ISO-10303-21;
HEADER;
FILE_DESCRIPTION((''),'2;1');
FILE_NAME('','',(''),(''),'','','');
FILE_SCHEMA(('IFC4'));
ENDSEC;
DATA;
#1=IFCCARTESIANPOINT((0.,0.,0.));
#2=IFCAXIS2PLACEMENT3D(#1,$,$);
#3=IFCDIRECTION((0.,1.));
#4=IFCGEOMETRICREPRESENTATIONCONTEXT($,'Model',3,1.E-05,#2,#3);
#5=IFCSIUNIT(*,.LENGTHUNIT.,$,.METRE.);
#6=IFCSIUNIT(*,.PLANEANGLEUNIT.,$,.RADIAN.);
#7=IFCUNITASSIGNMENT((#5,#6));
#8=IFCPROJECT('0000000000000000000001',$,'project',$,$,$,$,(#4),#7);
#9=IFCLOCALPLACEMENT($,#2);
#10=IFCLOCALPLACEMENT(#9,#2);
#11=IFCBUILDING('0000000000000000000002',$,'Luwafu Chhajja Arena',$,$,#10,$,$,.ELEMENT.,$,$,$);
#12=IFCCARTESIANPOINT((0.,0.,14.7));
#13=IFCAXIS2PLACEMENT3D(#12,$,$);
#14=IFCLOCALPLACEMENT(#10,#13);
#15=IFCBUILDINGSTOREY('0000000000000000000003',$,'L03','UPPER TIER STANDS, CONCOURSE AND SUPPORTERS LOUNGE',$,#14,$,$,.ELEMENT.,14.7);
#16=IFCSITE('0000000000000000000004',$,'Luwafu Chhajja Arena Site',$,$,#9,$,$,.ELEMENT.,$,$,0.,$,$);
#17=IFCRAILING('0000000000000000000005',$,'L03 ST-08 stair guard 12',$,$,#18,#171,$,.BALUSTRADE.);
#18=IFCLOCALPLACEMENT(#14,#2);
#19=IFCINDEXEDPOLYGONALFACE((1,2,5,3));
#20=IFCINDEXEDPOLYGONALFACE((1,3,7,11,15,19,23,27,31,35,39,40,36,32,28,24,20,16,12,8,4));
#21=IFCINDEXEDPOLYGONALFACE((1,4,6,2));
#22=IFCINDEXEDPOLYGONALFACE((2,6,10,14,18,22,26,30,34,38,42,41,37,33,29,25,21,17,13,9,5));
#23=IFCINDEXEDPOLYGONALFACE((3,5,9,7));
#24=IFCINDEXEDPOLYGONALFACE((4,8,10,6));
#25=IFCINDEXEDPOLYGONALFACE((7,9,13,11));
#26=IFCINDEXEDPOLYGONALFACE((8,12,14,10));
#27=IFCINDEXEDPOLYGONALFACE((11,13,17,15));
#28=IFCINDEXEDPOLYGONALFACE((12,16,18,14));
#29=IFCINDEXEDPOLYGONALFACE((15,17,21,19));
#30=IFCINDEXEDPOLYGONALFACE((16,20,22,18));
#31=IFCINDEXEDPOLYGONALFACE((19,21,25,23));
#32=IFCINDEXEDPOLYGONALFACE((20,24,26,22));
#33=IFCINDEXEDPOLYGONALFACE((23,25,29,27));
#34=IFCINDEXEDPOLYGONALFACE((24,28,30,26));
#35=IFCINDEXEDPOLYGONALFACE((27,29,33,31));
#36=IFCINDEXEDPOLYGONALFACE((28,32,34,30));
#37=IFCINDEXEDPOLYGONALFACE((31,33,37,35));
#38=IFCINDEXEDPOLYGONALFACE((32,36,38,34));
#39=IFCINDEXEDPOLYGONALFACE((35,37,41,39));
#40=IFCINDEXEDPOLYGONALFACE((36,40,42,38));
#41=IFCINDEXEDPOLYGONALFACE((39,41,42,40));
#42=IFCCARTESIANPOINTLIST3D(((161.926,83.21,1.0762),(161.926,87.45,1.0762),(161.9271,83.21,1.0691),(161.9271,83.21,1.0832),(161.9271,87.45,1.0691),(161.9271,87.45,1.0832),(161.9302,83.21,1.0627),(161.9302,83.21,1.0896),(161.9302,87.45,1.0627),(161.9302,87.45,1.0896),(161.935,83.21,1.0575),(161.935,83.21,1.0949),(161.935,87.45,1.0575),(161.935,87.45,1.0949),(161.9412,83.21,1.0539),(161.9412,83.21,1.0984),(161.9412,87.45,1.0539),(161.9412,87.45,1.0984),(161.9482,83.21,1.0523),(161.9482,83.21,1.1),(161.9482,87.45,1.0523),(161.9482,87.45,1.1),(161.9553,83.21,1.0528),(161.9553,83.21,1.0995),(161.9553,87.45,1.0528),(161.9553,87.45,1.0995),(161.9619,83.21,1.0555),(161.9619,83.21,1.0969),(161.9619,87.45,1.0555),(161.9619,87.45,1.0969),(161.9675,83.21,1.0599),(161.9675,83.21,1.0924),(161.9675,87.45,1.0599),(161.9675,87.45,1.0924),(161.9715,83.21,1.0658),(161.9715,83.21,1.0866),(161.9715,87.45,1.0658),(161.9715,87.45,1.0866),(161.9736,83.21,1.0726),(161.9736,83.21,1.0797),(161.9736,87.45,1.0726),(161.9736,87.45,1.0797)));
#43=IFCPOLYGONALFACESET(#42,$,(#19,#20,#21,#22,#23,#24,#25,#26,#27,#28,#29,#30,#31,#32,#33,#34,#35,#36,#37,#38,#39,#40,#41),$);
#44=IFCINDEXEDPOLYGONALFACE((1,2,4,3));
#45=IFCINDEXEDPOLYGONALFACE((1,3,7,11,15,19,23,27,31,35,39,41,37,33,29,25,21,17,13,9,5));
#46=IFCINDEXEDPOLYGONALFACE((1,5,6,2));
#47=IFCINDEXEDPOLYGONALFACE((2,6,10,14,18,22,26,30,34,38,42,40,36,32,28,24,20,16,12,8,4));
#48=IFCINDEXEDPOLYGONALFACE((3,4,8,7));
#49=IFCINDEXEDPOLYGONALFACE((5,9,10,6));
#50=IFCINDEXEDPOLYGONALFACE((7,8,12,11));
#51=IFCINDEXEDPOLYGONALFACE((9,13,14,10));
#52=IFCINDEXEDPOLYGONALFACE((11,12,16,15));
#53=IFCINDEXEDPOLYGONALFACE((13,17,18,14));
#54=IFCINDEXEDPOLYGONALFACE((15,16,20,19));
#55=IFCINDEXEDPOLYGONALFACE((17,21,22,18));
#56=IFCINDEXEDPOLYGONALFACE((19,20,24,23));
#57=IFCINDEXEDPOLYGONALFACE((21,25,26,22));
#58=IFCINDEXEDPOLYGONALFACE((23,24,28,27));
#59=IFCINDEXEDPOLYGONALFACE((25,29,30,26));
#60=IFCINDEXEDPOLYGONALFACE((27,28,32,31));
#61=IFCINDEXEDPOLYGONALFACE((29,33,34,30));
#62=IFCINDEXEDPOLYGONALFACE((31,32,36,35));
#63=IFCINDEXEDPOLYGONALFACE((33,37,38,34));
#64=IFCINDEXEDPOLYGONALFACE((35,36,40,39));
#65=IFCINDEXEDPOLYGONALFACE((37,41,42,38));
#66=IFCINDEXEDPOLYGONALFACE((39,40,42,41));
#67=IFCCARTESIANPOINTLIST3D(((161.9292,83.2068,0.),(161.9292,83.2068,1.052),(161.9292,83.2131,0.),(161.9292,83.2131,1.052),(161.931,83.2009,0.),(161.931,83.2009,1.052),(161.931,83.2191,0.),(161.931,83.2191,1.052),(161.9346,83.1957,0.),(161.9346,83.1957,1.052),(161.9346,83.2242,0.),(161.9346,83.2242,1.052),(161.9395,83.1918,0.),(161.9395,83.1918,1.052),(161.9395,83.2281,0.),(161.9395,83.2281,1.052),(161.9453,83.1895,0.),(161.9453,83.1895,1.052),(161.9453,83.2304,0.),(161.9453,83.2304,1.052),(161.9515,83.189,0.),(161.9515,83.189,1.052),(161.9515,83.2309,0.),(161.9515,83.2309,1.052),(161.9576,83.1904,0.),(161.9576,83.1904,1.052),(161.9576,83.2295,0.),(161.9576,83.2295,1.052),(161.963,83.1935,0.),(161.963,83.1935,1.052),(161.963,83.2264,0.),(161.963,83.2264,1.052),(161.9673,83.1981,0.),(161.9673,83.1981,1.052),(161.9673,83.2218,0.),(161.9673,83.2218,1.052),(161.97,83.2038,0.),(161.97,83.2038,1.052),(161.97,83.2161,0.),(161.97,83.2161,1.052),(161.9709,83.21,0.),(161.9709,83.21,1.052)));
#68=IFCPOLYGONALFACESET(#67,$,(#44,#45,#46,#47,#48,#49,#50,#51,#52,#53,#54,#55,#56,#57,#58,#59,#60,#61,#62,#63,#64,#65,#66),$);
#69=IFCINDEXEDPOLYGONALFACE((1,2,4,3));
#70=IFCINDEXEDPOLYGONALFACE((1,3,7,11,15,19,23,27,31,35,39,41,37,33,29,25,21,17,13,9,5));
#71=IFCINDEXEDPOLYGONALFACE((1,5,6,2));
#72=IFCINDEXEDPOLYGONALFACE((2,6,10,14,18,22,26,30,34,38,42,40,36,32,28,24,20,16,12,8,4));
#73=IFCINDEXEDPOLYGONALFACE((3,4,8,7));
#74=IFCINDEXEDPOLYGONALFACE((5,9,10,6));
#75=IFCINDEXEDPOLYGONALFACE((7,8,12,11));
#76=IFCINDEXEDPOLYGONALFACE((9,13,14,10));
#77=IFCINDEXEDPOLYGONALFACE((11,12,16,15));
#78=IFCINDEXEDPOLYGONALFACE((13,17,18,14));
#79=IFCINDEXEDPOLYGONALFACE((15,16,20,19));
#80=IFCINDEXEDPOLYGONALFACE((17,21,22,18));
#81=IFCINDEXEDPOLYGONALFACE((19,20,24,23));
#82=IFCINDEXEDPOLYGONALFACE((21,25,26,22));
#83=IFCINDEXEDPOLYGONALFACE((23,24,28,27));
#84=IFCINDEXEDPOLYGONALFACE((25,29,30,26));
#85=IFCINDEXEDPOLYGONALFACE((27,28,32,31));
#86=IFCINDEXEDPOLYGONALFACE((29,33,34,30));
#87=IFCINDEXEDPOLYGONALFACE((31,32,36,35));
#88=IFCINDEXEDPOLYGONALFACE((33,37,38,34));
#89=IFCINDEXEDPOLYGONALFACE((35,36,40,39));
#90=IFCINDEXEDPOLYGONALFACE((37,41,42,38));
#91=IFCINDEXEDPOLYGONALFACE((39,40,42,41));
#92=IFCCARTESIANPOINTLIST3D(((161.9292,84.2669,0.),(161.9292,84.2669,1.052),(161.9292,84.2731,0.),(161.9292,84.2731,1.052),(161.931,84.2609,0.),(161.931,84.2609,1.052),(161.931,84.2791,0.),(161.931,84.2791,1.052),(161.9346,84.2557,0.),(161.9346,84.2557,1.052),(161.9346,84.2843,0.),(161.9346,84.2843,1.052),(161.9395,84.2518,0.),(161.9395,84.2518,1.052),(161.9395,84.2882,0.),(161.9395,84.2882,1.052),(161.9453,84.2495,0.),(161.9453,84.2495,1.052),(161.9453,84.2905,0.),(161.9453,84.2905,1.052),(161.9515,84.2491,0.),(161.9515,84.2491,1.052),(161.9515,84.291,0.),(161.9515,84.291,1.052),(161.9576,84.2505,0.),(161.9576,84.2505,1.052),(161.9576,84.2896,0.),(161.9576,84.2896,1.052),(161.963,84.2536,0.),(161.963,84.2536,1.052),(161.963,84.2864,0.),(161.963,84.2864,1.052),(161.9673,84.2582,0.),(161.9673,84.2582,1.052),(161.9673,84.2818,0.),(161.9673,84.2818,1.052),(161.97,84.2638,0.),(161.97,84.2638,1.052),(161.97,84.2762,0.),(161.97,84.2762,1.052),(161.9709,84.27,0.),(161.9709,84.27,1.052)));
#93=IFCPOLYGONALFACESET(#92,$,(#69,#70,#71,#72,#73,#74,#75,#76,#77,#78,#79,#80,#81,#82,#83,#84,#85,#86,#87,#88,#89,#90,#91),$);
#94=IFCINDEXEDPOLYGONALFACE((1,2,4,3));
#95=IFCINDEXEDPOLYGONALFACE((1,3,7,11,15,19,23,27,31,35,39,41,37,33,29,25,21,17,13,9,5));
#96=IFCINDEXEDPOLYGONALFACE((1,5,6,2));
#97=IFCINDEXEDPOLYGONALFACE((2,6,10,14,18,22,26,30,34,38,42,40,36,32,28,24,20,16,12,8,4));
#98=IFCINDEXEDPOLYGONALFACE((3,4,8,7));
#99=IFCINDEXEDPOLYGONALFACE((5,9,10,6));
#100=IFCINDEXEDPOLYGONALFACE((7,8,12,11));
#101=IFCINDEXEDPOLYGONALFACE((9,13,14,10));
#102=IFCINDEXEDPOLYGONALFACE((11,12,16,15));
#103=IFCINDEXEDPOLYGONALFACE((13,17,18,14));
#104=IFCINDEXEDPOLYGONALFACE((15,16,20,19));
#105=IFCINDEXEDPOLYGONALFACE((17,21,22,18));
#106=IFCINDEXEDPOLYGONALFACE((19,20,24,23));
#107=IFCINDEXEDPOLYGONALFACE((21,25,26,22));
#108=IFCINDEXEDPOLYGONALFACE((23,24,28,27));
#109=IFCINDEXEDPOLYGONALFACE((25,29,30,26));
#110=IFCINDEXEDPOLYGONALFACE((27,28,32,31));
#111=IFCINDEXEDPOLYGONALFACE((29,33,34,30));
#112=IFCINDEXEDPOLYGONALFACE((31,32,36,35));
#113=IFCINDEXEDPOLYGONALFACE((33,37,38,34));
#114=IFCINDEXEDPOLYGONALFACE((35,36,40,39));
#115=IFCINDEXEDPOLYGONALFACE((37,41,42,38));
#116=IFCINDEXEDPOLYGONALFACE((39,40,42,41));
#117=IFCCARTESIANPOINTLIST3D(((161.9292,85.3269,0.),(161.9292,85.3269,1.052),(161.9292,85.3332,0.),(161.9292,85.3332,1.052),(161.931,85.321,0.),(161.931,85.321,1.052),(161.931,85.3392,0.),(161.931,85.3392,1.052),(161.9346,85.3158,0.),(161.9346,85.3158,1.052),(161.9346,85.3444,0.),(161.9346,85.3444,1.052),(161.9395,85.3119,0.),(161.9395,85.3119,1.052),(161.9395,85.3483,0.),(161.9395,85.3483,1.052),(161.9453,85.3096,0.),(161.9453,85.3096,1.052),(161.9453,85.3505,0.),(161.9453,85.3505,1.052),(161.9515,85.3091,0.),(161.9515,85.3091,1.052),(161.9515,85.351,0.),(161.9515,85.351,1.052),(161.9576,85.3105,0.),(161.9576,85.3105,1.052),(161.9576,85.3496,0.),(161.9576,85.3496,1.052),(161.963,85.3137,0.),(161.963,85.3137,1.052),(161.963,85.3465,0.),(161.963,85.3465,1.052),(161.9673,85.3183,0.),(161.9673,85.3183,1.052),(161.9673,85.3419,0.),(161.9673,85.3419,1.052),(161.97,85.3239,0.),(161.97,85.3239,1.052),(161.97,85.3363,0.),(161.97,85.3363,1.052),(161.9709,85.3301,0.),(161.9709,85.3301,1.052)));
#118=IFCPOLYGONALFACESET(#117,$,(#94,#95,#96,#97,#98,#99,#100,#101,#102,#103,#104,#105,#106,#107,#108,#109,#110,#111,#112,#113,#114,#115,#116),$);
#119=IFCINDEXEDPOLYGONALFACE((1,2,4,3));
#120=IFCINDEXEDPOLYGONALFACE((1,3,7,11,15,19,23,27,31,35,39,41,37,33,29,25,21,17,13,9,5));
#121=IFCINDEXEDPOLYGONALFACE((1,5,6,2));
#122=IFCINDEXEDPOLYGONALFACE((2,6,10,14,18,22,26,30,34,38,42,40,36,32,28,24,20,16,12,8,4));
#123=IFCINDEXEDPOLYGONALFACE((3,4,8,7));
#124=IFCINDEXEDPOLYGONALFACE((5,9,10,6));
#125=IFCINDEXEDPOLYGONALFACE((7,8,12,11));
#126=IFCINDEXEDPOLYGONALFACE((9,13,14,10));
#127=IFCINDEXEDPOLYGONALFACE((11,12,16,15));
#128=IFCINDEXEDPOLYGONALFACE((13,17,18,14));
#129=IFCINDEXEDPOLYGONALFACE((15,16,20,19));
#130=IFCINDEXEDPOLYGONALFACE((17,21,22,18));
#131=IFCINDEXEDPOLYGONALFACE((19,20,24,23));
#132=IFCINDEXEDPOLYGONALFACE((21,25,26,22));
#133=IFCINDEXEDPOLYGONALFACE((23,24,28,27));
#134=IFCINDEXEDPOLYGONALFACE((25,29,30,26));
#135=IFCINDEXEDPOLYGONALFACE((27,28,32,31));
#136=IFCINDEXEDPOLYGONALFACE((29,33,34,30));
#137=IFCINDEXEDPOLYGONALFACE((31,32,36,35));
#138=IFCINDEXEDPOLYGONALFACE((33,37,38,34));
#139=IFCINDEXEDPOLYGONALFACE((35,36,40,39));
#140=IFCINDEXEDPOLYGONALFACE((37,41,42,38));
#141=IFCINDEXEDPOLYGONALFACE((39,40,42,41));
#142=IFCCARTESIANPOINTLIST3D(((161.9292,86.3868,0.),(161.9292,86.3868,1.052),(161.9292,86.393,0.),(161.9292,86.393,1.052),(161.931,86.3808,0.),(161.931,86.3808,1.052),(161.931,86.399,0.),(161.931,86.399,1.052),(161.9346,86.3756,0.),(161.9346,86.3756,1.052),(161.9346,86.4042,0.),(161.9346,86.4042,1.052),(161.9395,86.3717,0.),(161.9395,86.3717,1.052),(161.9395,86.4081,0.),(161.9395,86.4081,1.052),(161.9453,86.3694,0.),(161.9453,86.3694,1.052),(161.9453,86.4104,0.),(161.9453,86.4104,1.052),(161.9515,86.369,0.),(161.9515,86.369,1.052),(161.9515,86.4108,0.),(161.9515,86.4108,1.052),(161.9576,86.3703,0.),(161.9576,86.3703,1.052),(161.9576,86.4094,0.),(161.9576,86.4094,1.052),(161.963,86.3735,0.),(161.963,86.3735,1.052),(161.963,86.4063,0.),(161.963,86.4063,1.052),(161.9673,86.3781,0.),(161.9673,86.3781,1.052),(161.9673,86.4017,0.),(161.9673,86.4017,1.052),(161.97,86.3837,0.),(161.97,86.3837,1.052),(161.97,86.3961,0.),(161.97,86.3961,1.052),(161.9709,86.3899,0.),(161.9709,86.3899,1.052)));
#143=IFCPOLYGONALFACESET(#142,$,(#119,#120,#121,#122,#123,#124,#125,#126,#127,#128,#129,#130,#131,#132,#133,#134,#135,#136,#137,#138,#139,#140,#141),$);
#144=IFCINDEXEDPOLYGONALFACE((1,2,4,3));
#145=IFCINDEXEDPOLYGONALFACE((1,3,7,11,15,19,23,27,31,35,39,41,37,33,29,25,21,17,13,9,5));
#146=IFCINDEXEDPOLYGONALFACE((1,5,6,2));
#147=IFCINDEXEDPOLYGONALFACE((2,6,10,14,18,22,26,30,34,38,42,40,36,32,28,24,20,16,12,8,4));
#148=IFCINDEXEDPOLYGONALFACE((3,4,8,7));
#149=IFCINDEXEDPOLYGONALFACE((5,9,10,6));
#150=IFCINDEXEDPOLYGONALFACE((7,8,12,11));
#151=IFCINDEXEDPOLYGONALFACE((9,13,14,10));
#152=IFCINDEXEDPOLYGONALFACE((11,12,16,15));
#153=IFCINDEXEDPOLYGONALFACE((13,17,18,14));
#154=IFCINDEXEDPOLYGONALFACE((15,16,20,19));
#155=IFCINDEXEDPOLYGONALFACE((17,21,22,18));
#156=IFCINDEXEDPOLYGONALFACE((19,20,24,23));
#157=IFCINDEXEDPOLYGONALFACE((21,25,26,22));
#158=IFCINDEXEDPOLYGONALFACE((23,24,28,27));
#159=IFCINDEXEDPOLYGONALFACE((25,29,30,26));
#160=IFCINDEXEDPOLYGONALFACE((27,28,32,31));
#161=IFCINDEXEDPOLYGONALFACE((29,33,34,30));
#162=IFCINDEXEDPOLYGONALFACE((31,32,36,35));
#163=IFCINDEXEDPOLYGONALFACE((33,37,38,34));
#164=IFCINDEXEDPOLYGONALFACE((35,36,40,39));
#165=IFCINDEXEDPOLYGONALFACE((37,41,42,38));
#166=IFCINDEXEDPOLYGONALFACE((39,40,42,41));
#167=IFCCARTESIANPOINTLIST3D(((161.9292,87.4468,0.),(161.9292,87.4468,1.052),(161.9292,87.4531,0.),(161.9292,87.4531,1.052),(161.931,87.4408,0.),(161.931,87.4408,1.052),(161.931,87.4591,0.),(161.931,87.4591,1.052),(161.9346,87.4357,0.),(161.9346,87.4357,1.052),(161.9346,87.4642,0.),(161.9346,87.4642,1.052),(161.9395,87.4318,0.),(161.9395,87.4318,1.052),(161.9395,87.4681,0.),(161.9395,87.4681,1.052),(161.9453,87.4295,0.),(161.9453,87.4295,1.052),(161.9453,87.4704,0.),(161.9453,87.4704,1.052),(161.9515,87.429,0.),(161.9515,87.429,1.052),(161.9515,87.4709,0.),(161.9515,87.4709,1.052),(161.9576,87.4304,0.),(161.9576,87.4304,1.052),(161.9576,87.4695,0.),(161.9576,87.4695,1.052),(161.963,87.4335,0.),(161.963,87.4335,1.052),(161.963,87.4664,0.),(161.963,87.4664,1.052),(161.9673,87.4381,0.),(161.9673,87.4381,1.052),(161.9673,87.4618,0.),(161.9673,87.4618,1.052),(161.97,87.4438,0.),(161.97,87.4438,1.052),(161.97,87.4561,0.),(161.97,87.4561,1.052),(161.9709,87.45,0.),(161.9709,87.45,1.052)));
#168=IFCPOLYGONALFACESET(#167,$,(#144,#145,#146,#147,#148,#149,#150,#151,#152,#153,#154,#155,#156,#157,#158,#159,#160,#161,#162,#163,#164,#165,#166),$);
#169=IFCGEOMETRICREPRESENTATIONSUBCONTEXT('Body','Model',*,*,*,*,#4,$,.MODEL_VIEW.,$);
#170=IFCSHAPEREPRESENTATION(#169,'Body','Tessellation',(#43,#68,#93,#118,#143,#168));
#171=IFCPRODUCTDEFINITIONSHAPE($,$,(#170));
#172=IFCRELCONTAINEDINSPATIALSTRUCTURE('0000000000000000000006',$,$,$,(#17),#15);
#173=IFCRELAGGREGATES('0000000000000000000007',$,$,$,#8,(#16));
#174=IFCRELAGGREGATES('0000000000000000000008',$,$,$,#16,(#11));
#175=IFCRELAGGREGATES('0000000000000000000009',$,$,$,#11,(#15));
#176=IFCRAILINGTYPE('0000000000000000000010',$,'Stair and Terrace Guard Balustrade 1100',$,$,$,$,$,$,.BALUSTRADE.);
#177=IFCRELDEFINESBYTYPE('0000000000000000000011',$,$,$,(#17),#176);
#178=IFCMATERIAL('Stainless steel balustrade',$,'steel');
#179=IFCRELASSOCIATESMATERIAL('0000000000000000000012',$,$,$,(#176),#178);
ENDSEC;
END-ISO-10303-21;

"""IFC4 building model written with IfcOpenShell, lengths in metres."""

from ifc_helpers import new_model, si_unit, direction, frame, origin, origin_2d, place, context, subcontext, project, spatial, circle, extrude, material, type_object, element, save


model = new_model("IFC4")

# Units and contexts
model_context = context("Model", 3, precision=1e-05, world=origin(), true_north=direction((0.0, 1.0)))
body_context = subcontext(model_context, "Body", "Model", "MODEL_VIEW")
ifc_project = project(units=[si_unit("LENGTHUNIT", "METRE"), si_unit("PLANEANGLEUNIT", "RADIAN")], contexts=[model_context])

# Site, building, storey
site_placement = place(None, origin())
site = spatial("IfcSite", under=ifc_project, at=site_placement, Name="Luwafu Chhajja Arena Site", CompositionType="ELEMENT", RefElevation=0.0)
building_placement = place(site_placement, origin())
building = spatial("IfcBuilding", under=site, at=building_placement, Name="Luwafu Chhajja Arena", CompositionType="ELEMENT")
storey_placement = place(building_placement, frame((0.0, 0.0, 14.7)))
storey = spatial("IfcBuildingStorey", under=building, at=storey_placement, Name="L03", Description="UPPER TIER STANDS, CONCOURSE AND SUPPORTERS LOUNGE", CompositionType="ELEMENT", Elevation=14.7)

# Railing
ifc_material_1 = material(Name="Stainless steel balustrade", Category="steel")
railing_type = type_object("IfcRailingType", Name="Stair and Terrace Guard Balustrade 1100", PredefinedType="BALUSTRADE", material=ifc_material_1)
railing_1_placement = place(storey_placement, frame((161.95, 83.21, 0.0)))
element("IfcRailing", 1, at=railing_1_placement, inside=storey, type_object=railing_type, Name="L03 ST-08 stair guard 12", PredefinedType="BALUSTRADE", context=body_context, shape_type="SweptSolid", body=[
    extrude(circle(Radius=0.0239, at=origin_2d()), frame((0.0, 0.0, 1.0762), z_axis=(0.0, 1.0, 0.0), x_axis=(-1.0, 0.0, 0.0)), (0.0, 0.0, 1.0), 4.24),
    extrude(circle(Radius=0.021, at=origin_2d()), origin(), (0.0, 0.0, 1.0), 1.052),
    extrude(circle(Radius=0.021, at=origin_2d()), frame((0.0, 1.0601, 0.0)), (0.0, 0.0, 1.0), 1.052),
    extrude(circle(Radius=0.021, at=origin_2d()), frame((0.0, 2.1201, 0.0)), (0.0, 0.0, 1.0), 1.052),
    extrude(circle(Radius=0.021, at=origin_2d()), frame((0.0, 3.1799, 0.0)), (0.0, 0.0, 1.0), 1.052),
    extrude(circle(Radius=0.021, at=origin_2d()), frame((0.0, 4.24, 0.0)), (0.0, 0.0, 1.0), 1.052),
])

save(model, "model.ifc")
